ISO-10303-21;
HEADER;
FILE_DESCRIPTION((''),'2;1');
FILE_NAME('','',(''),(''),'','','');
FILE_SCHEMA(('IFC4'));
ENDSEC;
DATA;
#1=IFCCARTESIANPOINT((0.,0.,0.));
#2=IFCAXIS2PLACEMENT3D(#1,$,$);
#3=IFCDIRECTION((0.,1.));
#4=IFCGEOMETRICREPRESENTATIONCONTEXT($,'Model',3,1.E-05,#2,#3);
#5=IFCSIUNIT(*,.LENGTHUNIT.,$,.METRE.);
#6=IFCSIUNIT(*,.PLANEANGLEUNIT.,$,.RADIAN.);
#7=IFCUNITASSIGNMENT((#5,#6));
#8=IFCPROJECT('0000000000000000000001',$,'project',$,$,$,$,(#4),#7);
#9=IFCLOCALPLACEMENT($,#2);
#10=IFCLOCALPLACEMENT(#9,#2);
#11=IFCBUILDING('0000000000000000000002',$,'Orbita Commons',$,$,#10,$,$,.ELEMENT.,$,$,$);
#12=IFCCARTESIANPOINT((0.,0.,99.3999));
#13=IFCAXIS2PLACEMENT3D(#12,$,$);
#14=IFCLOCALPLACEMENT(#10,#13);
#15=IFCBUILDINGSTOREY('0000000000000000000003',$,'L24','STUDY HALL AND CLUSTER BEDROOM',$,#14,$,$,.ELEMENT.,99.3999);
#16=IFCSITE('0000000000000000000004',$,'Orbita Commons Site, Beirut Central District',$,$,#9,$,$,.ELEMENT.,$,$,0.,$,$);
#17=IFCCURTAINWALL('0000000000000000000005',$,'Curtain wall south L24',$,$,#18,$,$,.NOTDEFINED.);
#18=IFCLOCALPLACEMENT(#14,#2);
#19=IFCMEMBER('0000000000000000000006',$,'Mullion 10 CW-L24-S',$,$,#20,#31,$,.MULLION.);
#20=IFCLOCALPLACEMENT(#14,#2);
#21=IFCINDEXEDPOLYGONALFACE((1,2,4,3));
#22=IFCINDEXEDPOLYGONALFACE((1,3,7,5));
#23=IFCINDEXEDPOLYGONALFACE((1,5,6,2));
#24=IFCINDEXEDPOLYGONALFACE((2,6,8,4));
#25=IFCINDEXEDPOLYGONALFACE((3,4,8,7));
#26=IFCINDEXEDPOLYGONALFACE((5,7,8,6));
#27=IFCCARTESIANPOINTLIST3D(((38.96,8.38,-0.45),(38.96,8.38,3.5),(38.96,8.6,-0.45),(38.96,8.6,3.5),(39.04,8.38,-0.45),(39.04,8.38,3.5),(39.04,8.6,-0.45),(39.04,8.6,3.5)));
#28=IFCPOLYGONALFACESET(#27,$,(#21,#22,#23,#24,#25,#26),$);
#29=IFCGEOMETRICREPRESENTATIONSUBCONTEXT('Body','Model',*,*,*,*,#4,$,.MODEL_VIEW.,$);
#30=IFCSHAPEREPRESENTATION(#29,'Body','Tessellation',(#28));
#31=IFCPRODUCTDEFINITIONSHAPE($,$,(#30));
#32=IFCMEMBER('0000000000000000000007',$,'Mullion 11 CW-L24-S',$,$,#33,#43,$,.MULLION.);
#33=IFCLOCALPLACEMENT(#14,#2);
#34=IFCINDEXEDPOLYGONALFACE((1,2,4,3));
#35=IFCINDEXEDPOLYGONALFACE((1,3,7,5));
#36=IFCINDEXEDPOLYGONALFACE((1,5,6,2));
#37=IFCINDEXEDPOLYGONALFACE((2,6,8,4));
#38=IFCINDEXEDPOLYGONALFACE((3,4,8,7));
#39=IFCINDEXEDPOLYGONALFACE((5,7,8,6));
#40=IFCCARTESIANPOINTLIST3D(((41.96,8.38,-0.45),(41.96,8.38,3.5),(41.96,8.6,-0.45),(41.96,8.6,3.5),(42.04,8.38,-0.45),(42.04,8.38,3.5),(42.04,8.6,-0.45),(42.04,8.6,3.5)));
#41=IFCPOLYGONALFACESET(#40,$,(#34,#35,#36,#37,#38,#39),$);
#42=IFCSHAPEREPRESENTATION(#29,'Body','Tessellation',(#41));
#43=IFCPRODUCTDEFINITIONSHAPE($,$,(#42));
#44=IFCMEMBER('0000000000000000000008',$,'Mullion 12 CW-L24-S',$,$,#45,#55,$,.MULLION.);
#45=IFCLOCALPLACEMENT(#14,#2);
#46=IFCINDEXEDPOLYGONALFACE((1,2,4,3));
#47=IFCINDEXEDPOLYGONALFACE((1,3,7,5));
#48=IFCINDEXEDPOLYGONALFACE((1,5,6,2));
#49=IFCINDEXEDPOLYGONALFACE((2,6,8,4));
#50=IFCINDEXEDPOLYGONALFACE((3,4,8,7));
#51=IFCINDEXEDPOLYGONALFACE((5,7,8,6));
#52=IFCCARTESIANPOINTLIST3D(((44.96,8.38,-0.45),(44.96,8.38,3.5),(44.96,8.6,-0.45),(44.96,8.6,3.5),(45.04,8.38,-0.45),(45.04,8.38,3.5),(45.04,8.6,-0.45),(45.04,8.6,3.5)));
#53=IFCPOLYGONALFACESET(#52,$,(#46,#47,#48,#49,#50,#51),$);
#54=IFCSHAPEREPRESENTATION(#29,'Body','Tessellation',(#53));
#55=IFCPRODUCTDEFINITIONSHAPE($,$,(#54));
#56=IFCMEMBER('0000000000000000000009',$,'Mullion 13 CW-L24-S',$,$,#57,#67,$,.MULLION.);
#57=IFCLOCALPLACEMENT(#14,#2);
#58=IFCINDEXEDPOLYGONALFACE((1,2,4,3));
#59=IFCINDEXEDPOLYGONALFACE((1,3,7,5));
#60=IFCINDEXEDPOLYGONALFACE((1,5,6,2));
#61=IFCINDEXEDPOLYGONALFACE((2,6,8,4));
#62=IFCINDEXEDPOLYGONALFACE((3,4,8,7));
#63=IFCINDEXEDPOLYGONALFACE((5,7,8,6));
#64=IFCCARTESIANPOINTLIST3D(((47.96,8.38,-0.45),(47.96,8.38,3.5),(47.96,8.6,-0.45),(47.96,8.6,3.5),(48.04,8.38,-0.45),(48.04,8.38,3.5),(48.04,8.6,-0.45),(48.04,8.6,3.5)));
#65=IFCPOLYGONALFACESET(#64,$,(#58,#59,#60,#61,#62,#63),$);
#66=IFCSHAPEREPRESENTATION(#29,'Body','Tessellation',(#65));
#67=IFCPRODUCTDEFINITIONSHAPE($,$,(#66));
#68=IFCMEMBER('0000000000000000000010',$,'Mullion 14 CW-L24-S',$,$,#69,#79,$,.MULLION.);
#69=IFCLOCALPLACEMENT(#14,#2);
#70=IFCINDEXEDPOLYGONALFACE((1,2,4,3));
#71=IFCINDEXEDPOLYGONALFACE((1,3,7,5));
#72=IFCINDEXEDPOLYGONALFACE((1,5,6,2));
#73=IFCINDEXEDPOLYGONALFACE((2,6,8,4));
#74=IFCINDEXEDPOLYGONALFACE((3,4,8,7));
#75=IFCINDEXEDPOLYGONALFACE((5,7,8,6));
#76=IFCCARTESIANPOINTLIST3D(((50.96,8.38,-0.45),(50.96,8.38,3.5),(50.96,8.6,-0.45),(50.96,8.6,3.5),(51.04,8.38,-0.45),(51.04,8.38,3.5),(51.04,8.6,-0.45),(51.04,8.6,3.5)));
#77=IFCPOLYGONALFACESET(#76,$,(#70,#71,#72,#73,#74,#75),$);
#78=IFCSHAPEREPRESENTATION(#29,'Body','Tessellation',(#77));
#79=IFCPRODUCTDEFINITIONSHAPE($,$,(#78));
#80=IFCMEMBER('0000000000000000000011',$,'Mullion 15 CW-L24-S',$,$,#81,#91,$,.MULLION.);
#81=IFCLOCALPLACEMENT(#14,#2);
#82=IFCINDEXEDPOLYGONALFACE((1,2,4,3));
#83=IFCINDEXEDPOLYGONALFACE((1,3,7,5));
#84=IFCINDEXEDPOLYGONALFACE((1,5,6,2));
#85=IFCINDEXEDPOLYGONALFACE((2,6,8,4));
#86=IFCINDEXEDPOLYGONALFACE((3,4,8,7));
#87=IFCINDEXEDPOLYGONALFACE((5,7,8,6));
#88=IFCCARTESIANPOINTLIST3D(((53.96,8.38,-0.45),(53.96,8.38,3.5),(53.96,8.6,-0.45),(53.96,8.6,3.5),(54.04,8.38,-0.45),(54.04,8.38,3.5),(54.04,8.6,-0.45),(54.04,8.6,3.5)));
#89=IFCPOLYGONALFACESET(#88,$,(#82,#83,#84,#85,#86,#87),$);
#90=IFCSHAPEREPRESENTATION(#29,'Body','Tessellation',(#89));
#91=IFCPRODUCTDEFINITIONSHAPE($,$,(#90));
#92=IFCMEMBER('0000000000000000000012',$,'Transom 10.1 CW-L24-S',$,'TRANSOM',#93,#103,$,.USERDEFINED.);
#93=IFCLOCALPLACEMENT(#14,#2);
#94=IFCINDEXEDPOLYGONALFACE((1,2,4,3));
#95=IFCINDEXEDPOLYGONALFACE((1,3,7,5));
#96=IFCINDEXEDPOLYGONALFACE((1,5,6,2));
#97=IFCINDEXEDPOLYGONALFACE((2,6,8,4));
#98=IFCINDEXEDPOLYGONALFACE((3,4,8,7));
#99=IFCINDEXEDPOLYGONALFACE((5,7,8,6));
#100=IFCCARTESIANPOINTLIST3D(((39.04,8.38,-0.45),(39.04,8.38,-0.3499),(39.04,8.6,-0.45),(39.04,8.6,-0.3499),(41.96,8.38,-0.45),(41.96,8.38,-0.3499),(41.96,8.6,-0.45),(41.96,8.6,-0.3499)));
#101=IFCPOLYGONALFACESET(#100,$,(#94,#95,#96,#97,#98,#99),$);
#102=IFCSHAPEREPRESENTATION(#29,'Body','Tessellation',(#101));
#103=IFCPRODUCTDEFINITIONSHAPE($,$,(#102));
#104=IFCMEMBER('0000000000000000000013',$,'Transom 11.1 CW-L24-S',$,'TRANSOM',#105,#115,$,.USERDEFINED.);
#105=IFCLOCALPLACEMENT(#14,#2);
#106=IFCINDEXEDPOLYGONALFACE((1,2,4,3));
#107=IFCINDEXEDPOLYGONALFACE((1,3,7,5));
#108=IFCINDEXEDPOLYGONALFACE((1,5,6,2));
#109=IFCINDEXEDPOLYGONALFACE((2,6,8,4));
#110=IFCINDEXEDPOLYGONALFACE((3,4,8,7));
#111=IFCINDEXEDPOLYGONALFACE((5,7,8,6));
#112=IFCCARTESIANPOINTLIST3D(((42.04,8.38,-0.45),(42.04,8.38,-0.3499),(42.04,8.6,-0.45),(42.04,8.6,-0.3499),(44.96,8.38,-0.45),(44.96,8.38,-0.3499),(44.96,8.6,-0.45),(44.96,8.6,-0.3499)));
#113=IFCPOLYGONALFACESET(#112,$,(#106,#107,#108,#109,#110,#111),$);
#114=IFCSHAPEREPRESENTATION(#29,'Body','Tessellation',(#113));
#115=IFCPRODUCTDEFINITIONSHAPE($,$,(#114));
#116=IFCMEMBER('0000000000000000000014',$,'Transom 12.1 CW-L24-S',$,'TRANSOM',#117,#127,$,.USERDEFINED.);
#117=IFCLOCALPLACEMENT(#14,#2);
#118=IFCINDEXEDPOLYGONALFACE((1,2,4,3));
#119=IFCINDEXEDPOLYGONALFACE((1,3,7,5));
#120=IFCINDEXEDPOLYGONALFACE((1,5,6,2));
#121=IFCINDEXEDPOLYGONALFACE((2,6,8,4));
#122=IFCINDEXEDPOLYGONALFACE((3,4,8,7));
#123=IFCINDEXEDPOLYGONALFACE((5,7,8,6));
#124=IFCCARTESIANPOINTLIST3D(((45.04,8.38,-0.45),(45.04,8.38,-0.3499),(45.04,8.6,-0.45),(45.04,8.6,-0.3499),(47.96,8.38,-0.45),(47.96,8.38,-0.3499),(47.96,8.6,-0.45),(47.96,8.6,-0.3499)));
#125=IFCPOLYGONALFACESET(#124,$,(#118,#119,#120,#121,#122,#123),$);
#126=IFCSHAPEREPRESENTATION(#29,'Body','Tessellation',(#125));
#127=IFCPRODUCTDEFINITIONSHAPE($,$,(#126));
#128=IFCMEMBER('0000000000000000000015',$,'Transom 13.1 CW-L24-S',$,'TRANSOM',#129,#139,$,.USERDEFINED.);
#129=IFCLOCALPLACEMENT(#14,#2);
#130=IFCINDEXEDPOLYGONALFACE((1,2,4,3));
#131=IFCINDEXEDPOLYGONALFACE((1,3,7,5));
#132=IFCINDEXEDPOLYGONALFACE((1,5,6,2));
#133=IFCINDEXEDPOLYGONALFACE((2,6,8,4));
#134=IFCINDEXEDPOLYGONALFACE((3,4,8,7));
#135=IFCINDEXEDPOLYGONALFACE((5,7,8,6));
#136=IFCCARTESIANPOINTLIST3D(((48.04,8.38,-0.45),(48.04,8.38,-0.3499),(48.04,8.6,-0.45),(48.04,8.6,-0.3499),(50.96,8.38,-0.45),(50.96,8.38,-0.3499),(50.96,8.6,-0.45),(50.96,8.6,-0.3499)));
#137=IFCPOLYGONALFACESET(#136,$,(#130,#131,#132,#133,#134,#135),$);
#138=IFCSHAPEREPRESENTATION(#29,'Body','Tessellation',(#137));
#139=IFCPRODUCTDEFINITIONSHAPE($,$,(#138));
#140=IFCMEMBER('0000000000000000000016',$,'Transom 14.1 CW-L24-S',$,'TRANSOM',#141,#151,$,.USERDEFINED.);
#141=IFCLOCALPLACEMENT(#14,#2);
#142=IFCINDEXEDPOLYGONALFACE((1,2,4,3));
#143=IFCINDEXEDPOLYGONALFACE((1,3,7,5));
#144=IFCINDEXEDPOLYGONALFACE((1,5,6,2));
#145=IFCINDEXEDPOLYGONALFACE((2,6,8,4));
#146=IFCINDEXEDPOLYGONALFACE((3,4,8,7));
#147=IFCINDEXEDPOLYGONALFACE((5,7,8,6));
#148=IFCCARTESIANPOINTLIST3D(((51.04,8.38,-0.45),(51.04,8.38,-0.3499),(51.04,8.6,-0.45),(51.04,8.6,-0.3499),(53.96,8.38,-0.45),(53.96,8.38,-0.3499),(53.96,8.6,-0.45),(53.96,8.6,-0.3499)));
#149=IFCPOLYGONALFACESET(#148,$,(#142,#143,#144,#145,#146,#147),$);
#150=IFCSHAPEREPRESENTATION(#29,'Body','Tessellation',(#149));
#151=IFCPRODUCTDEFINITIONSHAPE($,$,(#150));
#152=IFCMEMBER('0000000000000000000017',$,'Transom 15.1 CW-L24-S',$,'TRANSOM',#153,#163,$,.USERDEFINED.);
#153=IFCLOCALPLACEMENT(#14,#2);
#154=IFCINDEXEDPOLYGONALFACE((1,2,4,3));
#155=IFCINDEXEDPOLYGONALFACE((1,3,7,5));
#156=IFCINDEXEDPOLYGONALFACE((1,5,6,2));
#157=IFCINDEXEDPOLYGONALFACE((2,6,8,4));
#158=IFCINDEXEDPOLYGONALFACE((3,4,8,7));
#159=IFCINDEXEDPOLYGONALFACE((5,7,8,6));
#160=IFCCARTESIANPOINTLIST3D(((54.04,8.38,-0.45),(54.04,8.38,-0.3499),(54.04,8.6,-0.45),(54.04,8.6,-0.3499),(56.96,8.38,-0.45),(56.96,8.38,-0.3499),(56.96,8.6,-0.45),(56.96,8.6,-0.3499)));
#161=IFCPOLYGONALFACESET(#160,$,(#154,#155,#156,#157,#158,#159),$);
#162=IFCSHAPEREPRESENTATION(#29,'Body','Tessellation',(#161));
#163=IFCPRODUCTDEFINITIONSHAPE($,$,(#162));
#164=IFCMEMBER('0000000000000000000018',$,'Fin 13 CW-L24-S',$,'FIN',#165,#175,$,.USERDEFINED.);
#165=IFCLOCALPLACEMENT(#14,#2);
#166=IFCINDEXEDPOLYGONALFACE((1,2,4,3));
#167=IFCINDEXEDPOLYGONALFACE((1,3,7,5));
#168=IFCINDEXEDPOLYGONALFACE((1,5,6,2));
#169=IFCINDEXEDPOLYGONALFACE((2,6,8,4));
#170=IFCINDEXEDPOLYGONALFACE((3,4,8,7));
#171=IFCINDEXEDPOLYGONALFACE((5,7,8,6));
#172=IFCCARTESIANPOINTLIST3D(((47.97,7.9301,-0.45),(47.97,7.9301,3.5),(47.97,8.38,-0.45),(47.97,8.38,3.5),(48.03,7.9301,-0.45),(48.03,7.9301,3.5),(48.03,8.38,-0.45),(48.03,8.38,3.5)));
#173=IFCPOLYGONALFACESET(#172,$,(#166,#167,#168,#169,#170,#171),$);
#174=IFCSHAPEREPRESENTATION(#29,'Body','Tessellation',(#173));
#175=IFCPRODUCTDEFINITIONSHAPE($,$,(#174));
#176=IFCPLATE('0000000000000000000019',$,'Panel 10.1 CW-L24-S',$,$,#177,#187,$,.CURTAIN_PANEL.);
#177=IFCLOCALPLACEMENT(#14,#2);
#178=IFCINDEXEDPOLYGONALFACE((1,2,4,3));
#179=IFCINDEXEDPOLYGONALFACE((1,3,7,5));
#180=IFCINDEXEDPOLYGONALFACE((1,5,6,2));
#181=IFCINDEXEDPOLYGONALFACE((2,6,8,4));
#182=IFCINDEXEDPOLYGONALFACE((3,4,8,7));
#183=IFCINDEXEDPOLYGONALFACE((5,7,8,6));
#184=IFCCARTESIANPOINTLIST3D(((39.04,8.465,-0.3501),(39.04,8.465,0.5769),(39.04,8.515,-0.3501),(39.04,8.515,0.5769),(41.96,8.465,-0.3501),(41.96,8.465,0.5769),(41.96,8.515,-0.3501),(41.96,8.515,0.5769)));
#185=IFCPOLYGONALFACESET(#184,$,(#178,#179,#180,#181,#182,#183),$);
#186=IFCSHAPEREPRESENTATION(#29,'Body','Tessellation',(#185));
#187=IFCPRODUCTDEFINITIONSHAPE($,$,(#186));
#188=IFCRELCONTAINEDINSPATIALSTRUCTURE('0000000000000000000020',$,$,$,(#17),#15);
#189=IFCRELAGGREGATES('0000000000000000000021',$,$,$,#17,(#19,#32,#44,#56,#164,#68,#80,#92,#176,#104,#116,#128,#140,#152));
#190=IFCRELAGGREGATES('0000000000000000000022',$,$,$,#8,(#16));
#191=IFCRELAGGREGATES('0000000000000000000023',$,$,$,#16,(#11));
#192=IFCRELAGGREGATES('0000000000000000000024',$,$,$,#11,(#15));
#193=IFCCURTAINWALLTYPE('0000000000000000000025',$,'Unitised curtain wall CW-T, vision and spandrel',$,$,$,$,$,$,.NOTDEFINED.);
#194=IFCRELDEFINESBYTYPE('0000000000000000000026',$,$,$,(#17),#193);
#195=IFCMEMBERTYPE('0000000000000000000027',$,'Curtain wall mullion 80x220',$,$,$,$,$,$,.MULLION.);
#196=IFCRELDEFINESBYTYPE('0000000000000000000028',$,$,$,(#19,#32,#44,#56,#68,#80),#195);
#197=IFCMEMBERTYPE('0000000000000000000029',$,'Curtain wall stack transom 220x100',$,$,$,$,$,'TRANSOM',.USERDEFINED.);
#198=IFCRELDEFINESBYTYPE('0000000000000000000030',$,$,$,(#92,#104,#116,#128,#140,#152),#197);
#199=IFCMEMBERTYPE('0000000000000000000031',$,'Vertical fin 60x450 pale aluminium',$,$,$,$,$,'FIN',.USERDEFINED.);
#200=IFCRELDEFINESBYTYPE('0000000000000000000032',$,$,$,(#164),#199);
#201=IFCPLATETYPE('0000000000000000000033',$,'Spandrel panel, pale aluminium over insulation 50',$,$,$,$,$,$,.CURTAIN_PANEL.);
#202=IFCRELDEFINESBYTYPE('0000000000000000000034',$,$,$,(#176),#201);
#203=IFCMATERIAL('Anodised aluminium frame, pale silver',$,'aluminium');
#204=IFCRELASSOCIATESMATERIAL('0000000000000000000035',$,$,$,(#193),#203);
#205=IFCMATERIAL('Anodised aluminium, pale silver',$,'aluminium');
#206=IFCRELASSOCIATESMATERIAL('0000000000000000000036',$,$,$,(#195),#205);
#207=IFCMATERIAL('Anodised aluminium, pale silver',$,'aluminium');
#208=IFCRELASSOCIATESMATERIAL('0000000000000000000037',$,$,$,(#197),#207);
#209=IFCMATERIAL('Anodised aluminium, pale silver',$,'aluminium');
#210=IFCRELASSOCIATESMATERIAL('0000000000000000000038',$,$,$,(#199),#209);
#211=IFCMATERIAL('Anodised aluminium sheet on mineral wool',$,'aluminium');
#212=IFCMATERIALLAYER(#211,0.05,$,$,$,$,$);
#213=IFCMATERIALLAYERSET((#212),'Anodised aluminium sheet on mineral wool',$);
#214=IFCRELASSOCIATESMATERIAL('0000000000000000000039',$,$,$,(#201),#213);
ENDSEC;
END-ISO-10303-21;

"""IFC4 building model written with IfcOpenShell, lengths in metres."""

from ifc_helpers import new_model, si_unit, direction, frame, origin, origin_2d, place, context, subcontext, project, spatial, rectangle, extrude, material, layer, layer_set, material_profile, profile_set, type_object, element, aggregate, save


model = new_model("IFC4")

# Units and contexts
model_context = context("Model", 3, precision=1e-05, world=origin(), true_north=direction((0.0, 1.0)))
body_context = subcontext(model_context, "Body", "Model", "MODEL_VIEW")
ifc_project = project(units=[si_unit("LENGTHUNIT", "METRE"), si_unit("PLANEANGLEUNIT", "RADIAN")], contexts=[model_context])

# Site, building, storey
site_placement = place(None, origin())
site = spatial("IfcSite", under=ifc_project, at=site_placement, Name="Orbita Commons Site, Beirut Central District", CompositionType="ELEMENT", RefElevation=0.0)
building_placement = place(site_placement, origin())
building = spatial("IfcBuilding", under=site, at=building_placement, Name="Orbita Commons", CompositionType="ELEMENT")
storey_placement = place(building_placement, frame((0.0, 0.0, 99.3999)))
storey = spatial("IfcBuildingStorey", under=building, at=storey_placement, Name="L24", Description="STUDY HALL AND CLUSTER BEDROOM", CompositionType="ELEMENT", Elevation=99.3999)

# Curtain wall, members, plate
ifc_material_1 = material(Name="Anodised aluminium frame, pale silver", Category="aluminium")
curtain_wall_type = type_object("IfcCurtainWallType", Name="Unitised curtain wall CW-T, vision and spandrel", PredefinedType="NOTDEFINED", material=ifc_material_1)
curtain_wall_placement = place(storey_placement, origin())
curtain_wall = element("IfcCurtainWall", 1, at=curtain_wall_placement, inside=storey, type_object=curtain_wall_type, Name="Curtain wall south L24", PredefinedType="NOTDEFINED")
ifc_material_2 = material(Name="Anodised aluminium, pale silver", Category="aluminium")
ifc_material_profile_1 = material_profile(ifc_material_2, rectangle(XDim=0.0801, YDim=0.22, at=origin_2d()), Name="AL 80x220")
ifc_profile_set_1 = profile_set([ifc_material_profile_1], Name="Anodised aluminium, pale silver")
member_type_1 = type_object("IfcMemberType", Name="Curtain wall mullion 80x220", PredefinedType="MULLION", material=ifc_profile_set_1)
member_1_placement = place(storey_placement, frame((39.0, 8.49, -0.45), z_axis=(0.0, 0.0, 1.0), x_axis=(1.0, 0.0, 0.0)))
member_1 = element("IfcMember", 2, at=member_1_placement, type_object=member_type_1, Name="Mullion 10 CW-L24-S", PredefinedType="MULLION", context=body_context, shape_type="SweptSolid", body=[
    extrude(rectangle(XDim=0.0801, YDim=0.22, at=origin_2d()), origin(), (0.0, 0.0, 1.0), 3.95),
])
member_2_placement = place(storey_placement, frame((42.0, 8.49, -0.45), z_axis=(0.0, 0.0, 1.0), x_axis=(1.0, 0.0, 0.0)))
member_2 = element("IfcMember", 3, at=member_2_placement, type_object=member_type_1, Name="Mullion 11 CW-L24-S", PredefinedType="MULLION", context=body_context, shape_type="SweptSolid", body=[
    extrude(rectangle(XDim=0.0801, YDim=0.22, at=origin_2d()), origin(), (0.0, 0.0, 1.0), 3.95),
])
member_3_placement = place(storey_placement, frame((45.0, 8.49, -0.45), z_axis=(0.0, 0.0, 1.0), x_axis=(1.0, 0.0, 0.0)))
member_3 = element("IfcMember", 4, at=member_3_placement, type_object=member_type_1, Name="Mullion 12 CW-L24-S", PredefinedType="MULLION", context=body_context, shape_type="SweptSolid", body=[
    extrude(rectangle(XDim=0.0801, YDim=0.22, at=origin_2d()), origin(), (0.0, 0.0, 1.0), 3.95),
])
member_4_placement = place(storey_placement, frame((48.0, 8.49, -0.45), z_axis=(0.0, 0.0, 1.0), x_axis=(1.0, 0.0, 0.0)))
member_4 = element("IfcMember", 5, at=member_4_placement, type_object=member_type_1, Name="Mullion 13 CW-L24-S", PredefinedType="MULLION", context=body_context, shape_type="SweptSolid", body=[
    extrude(rectangle(XDim=0.0801, YDim=0.22, at=origin_2d()), origin(), (0.0, 0.0, 1.0), 3.95),
])
member_5_placement = place(storey_placement, frame((51.0, 8.49, -0.45), z_axis=(0.0, 0.0, 1.0), x_axis=(1.0, 0.0, 0.0)))
member_5 = element("IfcMember", 6, at=member_5_placement, type_object=member_type_1, Name="Mullion 14 CW-L24-S", PredefinedType="MULLION", context=body_context, shape_type="SweptSolid", body=[
    extrude(rectangle(XDim=0.0801, YDim=0.22, at=origin_2d()), origin(), (0.0, 0.0, 1.0), 3.95),
])
member_6_placement = place(storey_placement, frame((54.0, 8.49, -0.45), z_axis=(0.0, 0.0, 1.0), x_axis=(1.0, 0.0, 0.0)))
member_6 = element("IfcMember", 7, at=member_6_placement, type_object=member_type_1, Name="Mullion 15 CW-L24-S", PredefinedType="MULLION", context=body_context, shape_type="SweptSolid", body=[
    extrude(rectangle(XDim=0.0801, YDim=0.22, at=origin_2d()), origin(), (0.0, 0.0, 1.0), 3.95),
])
ifc_material_3 = material(Name="Anodised aluminium, pale silver", Category="aluminium")
ifc_material_profile_2 = material_profile(ifc_material_3, rectangle(XDim=0.22, YDim=0.1001, at=origin_2d()), Name="AL 220x100")
ifc_profile_set_2 = profile_set([ifc_material_profile_2], Name="Anodised aluminium, pale silver")
member_type_2 = type_object("IfcMemberType", Name="Curtain wall stack transom 220x100", ElementType="TRANSOM", PredefinedType="USERDEFINED", material=ifc_profile_set_2)
member_7_placement = place(storey_placement, frame((39.04, 8.49, -0.3999), z_axis=(1.0, 0.0, 0.0), x_axis=(0.0, 1.0, 0.0)))
member_7 = element("IfcMember", 8, at=member_7_placement, type_object=member_type_2, Name="Transom 10.1 CW-L24-S", ObjectType="TRANSOM", PredefinedType="USERDEFINED", context=body_context, shape_type="SweptSolid", body=[
    extrude(rectangle(XDim=0.22, YDim=0.1001, at=origin_2d()), origin(), (0.0, 0.0, 1.0), 2.9199),
])
member_8_placement = place(storey_placement, frame((42.04, 8.49, -0.3999), z_axis=(1.0, 0.0, 0.0), x_axis=(0.0, 1.0, 0.0)))
member_8 = element("IfcMember", 9, at=member_8_placement, type_object=member_type_2, Name="Transom 11.1 CW-L24-S", ObjectType="TRANSOM", PredefinedType="USERDEFINED", context=body_context, shape_type="SweptSolid", body=[
    extrude(rectangle(XDim=0.22, YDim=0.1001, at=origin_2d()), origin(), (0.0, 0.0, 1.0), 2.9199),
])
member_9_placement = place(storey_placement, frame((45.04, 8.49, -0.3999), z_axis=(1.0, 0.0, 0.0), x_axis=(0.0, 1.0, 0.0)))
member_9 = element("IfcMember", 10, at=member_9_placement, type_object=member_type_2, Name="Transom 12.1 CW-L24-S", ObjectType="TRANSOM", PredefinedType="USERDEFINED", context=body_context, shape_type="SweptSolid", body=[
    extrude(rectangle(XDim=0.22, YDim=0.1001, at=origin_2d()), origin(), (0.0, 0.0, 1.0), 2.9199),
])
member_10_placement = place(storey_placement, frame((48.04, 8.49, -0.3999), z_axis=(1.0, 0.0, 0.0), x_axis=(0.0, 1.0, 0.0)))
member_10 = element("IfcMember", 11, at=member_10_placement, type_object=member_type_2, Name="Transom 13.1 CW-L24-S", ObjectType="TRANSOM", PredefinedType="USERDEFINED", context=body_context, shape_type="SweptSolid", body=[
    extrude(rectangle(XDim=0.22, YDim=0.1001, at=origin_2d()), origin(), (0.0, 0.0, 1.0), 2.9199),
])
member_11_placement = place(storey_placement, frame((51.04, 8.49, -0.3999), z_axis=(1.0, 0.0, 0.0), x_axis=(0.0, 1.0, 0.0)))
member_11 = element("IfcMember", 12, at=member_11_placement, type_object=member_type_2, Name="Transom 14.1 CW-L24-S", ObjectType="TRANSOM", PredefinedType="USERDEFINED", context=body_context, shape_type="SweptSolid", body=[
    extrude(rectangle(XDim=0.22, YDim=0.1001, at=origin_2d()), origin(), (0.0, 0.0, 1.0), 2.9199),
])
member_12_placement = place(storey_placement, frame((54.04, 8.49, -0.3999), z_axis=(1.0, 0.0, 0.0), x_axis=(0.0, 1.0, 0.0)))
member_12 = element("IfcMember", 13, at=member_12_placement, type_object=member_type_2, Name="Transom 15.1 CW-L24-S", ObjectType="TRANSOM", PredefinedType="USERDEFINED", context=body_context, shape_type="SweptSolid", body=[
    extrude(rectangle(XDim=0.22, YDim=0.1001, at=origin_2d()), origin(), (0.0, 0.0, 1.0), 2.9199),
])
ifc_material_4 = material(Name="Anodised aluminium, pale silver", Category="aluminium")
ifc_material_profile_3 = material_profile(ifc_material_4, rectangle(XDim=0.0601, YDim=0.45, at=origin_2d()), Name="FIN 60x450")
ifc_profile_set_3 = profile_set([ifc_material_profile_3], Name="Anodised aluminium, pale silver")
member_type_3 = type_object("IfcMemberType", Name="Vertical fin 60x450 pale aluminium", ElementType="FIN", PredefinedType="USERDEFINED", material=ifc_profile_set_3)
member_13_placement = place(storey_placement, frame((48.0, 8.155, -0.45), z_axis=(0.0, 0.0, 1.0), x_axis=(1.0, 0.0, 0.0)))
member_13 = element("IfcMember", 14, at=member_13_placement, type_object=member_type_3, Name="Fin 13 CW-L24-S", ObjectType="FIN", PredefinedType="USERDEFINED", context=body_context, shape_type="SweptSolid", body=[
    extrude(rectangle(XDim=0.0601, YDim=0.45, at=origin_2d()), origin(), (0.0, 0.0, 1.0), 3.95),
])
ifc_material_5 = material(Name="Anodised aluminium sheet on mineral wool", Category="aluminium")
ifc_layer_1 = layer(ifc_material_5, 0.05)
ifc_layer_set_1 = layer_set([ifc_layer_1], Name="Anodised aluminium sheet on mineral wool")
plate_type_1 = type_object("IfcPlateType", Name="Spandrel panel, pale aluminium over insulation 50", PredefinedType="CURTAIN_PANEL", material=ifc_layer_set_1)
plate_1_placement = place(storey_placement, frame((40.5, 8.49, -0.3501), z_axis=(0.0, 0.0, 1.0), x_axis=(1.0, 0.0, 0.0)))
plate_1 = element("IfcPlate", 15, at=plate_1_placement, type_object=plate_type_1, Name="Panel 10.1 CW-L24-S", PredefinedType="CURTAIN_PANEL", context=body_context, shape_type="SweptSolid", body=[
    extrude(rectangle(XDim=2.9199, YDim=0.05, at=origin_2d()), origin(), (0.0, 0.0, 1.0), 0.927),
])
aggregate(curtain_wall, [member_1, member_2, member_3, member_4, member_13, member_5, member_6, member_7, plate_1, member_8, member_9, member_10, member_11, member_12])

save(model, "model.ifc")
